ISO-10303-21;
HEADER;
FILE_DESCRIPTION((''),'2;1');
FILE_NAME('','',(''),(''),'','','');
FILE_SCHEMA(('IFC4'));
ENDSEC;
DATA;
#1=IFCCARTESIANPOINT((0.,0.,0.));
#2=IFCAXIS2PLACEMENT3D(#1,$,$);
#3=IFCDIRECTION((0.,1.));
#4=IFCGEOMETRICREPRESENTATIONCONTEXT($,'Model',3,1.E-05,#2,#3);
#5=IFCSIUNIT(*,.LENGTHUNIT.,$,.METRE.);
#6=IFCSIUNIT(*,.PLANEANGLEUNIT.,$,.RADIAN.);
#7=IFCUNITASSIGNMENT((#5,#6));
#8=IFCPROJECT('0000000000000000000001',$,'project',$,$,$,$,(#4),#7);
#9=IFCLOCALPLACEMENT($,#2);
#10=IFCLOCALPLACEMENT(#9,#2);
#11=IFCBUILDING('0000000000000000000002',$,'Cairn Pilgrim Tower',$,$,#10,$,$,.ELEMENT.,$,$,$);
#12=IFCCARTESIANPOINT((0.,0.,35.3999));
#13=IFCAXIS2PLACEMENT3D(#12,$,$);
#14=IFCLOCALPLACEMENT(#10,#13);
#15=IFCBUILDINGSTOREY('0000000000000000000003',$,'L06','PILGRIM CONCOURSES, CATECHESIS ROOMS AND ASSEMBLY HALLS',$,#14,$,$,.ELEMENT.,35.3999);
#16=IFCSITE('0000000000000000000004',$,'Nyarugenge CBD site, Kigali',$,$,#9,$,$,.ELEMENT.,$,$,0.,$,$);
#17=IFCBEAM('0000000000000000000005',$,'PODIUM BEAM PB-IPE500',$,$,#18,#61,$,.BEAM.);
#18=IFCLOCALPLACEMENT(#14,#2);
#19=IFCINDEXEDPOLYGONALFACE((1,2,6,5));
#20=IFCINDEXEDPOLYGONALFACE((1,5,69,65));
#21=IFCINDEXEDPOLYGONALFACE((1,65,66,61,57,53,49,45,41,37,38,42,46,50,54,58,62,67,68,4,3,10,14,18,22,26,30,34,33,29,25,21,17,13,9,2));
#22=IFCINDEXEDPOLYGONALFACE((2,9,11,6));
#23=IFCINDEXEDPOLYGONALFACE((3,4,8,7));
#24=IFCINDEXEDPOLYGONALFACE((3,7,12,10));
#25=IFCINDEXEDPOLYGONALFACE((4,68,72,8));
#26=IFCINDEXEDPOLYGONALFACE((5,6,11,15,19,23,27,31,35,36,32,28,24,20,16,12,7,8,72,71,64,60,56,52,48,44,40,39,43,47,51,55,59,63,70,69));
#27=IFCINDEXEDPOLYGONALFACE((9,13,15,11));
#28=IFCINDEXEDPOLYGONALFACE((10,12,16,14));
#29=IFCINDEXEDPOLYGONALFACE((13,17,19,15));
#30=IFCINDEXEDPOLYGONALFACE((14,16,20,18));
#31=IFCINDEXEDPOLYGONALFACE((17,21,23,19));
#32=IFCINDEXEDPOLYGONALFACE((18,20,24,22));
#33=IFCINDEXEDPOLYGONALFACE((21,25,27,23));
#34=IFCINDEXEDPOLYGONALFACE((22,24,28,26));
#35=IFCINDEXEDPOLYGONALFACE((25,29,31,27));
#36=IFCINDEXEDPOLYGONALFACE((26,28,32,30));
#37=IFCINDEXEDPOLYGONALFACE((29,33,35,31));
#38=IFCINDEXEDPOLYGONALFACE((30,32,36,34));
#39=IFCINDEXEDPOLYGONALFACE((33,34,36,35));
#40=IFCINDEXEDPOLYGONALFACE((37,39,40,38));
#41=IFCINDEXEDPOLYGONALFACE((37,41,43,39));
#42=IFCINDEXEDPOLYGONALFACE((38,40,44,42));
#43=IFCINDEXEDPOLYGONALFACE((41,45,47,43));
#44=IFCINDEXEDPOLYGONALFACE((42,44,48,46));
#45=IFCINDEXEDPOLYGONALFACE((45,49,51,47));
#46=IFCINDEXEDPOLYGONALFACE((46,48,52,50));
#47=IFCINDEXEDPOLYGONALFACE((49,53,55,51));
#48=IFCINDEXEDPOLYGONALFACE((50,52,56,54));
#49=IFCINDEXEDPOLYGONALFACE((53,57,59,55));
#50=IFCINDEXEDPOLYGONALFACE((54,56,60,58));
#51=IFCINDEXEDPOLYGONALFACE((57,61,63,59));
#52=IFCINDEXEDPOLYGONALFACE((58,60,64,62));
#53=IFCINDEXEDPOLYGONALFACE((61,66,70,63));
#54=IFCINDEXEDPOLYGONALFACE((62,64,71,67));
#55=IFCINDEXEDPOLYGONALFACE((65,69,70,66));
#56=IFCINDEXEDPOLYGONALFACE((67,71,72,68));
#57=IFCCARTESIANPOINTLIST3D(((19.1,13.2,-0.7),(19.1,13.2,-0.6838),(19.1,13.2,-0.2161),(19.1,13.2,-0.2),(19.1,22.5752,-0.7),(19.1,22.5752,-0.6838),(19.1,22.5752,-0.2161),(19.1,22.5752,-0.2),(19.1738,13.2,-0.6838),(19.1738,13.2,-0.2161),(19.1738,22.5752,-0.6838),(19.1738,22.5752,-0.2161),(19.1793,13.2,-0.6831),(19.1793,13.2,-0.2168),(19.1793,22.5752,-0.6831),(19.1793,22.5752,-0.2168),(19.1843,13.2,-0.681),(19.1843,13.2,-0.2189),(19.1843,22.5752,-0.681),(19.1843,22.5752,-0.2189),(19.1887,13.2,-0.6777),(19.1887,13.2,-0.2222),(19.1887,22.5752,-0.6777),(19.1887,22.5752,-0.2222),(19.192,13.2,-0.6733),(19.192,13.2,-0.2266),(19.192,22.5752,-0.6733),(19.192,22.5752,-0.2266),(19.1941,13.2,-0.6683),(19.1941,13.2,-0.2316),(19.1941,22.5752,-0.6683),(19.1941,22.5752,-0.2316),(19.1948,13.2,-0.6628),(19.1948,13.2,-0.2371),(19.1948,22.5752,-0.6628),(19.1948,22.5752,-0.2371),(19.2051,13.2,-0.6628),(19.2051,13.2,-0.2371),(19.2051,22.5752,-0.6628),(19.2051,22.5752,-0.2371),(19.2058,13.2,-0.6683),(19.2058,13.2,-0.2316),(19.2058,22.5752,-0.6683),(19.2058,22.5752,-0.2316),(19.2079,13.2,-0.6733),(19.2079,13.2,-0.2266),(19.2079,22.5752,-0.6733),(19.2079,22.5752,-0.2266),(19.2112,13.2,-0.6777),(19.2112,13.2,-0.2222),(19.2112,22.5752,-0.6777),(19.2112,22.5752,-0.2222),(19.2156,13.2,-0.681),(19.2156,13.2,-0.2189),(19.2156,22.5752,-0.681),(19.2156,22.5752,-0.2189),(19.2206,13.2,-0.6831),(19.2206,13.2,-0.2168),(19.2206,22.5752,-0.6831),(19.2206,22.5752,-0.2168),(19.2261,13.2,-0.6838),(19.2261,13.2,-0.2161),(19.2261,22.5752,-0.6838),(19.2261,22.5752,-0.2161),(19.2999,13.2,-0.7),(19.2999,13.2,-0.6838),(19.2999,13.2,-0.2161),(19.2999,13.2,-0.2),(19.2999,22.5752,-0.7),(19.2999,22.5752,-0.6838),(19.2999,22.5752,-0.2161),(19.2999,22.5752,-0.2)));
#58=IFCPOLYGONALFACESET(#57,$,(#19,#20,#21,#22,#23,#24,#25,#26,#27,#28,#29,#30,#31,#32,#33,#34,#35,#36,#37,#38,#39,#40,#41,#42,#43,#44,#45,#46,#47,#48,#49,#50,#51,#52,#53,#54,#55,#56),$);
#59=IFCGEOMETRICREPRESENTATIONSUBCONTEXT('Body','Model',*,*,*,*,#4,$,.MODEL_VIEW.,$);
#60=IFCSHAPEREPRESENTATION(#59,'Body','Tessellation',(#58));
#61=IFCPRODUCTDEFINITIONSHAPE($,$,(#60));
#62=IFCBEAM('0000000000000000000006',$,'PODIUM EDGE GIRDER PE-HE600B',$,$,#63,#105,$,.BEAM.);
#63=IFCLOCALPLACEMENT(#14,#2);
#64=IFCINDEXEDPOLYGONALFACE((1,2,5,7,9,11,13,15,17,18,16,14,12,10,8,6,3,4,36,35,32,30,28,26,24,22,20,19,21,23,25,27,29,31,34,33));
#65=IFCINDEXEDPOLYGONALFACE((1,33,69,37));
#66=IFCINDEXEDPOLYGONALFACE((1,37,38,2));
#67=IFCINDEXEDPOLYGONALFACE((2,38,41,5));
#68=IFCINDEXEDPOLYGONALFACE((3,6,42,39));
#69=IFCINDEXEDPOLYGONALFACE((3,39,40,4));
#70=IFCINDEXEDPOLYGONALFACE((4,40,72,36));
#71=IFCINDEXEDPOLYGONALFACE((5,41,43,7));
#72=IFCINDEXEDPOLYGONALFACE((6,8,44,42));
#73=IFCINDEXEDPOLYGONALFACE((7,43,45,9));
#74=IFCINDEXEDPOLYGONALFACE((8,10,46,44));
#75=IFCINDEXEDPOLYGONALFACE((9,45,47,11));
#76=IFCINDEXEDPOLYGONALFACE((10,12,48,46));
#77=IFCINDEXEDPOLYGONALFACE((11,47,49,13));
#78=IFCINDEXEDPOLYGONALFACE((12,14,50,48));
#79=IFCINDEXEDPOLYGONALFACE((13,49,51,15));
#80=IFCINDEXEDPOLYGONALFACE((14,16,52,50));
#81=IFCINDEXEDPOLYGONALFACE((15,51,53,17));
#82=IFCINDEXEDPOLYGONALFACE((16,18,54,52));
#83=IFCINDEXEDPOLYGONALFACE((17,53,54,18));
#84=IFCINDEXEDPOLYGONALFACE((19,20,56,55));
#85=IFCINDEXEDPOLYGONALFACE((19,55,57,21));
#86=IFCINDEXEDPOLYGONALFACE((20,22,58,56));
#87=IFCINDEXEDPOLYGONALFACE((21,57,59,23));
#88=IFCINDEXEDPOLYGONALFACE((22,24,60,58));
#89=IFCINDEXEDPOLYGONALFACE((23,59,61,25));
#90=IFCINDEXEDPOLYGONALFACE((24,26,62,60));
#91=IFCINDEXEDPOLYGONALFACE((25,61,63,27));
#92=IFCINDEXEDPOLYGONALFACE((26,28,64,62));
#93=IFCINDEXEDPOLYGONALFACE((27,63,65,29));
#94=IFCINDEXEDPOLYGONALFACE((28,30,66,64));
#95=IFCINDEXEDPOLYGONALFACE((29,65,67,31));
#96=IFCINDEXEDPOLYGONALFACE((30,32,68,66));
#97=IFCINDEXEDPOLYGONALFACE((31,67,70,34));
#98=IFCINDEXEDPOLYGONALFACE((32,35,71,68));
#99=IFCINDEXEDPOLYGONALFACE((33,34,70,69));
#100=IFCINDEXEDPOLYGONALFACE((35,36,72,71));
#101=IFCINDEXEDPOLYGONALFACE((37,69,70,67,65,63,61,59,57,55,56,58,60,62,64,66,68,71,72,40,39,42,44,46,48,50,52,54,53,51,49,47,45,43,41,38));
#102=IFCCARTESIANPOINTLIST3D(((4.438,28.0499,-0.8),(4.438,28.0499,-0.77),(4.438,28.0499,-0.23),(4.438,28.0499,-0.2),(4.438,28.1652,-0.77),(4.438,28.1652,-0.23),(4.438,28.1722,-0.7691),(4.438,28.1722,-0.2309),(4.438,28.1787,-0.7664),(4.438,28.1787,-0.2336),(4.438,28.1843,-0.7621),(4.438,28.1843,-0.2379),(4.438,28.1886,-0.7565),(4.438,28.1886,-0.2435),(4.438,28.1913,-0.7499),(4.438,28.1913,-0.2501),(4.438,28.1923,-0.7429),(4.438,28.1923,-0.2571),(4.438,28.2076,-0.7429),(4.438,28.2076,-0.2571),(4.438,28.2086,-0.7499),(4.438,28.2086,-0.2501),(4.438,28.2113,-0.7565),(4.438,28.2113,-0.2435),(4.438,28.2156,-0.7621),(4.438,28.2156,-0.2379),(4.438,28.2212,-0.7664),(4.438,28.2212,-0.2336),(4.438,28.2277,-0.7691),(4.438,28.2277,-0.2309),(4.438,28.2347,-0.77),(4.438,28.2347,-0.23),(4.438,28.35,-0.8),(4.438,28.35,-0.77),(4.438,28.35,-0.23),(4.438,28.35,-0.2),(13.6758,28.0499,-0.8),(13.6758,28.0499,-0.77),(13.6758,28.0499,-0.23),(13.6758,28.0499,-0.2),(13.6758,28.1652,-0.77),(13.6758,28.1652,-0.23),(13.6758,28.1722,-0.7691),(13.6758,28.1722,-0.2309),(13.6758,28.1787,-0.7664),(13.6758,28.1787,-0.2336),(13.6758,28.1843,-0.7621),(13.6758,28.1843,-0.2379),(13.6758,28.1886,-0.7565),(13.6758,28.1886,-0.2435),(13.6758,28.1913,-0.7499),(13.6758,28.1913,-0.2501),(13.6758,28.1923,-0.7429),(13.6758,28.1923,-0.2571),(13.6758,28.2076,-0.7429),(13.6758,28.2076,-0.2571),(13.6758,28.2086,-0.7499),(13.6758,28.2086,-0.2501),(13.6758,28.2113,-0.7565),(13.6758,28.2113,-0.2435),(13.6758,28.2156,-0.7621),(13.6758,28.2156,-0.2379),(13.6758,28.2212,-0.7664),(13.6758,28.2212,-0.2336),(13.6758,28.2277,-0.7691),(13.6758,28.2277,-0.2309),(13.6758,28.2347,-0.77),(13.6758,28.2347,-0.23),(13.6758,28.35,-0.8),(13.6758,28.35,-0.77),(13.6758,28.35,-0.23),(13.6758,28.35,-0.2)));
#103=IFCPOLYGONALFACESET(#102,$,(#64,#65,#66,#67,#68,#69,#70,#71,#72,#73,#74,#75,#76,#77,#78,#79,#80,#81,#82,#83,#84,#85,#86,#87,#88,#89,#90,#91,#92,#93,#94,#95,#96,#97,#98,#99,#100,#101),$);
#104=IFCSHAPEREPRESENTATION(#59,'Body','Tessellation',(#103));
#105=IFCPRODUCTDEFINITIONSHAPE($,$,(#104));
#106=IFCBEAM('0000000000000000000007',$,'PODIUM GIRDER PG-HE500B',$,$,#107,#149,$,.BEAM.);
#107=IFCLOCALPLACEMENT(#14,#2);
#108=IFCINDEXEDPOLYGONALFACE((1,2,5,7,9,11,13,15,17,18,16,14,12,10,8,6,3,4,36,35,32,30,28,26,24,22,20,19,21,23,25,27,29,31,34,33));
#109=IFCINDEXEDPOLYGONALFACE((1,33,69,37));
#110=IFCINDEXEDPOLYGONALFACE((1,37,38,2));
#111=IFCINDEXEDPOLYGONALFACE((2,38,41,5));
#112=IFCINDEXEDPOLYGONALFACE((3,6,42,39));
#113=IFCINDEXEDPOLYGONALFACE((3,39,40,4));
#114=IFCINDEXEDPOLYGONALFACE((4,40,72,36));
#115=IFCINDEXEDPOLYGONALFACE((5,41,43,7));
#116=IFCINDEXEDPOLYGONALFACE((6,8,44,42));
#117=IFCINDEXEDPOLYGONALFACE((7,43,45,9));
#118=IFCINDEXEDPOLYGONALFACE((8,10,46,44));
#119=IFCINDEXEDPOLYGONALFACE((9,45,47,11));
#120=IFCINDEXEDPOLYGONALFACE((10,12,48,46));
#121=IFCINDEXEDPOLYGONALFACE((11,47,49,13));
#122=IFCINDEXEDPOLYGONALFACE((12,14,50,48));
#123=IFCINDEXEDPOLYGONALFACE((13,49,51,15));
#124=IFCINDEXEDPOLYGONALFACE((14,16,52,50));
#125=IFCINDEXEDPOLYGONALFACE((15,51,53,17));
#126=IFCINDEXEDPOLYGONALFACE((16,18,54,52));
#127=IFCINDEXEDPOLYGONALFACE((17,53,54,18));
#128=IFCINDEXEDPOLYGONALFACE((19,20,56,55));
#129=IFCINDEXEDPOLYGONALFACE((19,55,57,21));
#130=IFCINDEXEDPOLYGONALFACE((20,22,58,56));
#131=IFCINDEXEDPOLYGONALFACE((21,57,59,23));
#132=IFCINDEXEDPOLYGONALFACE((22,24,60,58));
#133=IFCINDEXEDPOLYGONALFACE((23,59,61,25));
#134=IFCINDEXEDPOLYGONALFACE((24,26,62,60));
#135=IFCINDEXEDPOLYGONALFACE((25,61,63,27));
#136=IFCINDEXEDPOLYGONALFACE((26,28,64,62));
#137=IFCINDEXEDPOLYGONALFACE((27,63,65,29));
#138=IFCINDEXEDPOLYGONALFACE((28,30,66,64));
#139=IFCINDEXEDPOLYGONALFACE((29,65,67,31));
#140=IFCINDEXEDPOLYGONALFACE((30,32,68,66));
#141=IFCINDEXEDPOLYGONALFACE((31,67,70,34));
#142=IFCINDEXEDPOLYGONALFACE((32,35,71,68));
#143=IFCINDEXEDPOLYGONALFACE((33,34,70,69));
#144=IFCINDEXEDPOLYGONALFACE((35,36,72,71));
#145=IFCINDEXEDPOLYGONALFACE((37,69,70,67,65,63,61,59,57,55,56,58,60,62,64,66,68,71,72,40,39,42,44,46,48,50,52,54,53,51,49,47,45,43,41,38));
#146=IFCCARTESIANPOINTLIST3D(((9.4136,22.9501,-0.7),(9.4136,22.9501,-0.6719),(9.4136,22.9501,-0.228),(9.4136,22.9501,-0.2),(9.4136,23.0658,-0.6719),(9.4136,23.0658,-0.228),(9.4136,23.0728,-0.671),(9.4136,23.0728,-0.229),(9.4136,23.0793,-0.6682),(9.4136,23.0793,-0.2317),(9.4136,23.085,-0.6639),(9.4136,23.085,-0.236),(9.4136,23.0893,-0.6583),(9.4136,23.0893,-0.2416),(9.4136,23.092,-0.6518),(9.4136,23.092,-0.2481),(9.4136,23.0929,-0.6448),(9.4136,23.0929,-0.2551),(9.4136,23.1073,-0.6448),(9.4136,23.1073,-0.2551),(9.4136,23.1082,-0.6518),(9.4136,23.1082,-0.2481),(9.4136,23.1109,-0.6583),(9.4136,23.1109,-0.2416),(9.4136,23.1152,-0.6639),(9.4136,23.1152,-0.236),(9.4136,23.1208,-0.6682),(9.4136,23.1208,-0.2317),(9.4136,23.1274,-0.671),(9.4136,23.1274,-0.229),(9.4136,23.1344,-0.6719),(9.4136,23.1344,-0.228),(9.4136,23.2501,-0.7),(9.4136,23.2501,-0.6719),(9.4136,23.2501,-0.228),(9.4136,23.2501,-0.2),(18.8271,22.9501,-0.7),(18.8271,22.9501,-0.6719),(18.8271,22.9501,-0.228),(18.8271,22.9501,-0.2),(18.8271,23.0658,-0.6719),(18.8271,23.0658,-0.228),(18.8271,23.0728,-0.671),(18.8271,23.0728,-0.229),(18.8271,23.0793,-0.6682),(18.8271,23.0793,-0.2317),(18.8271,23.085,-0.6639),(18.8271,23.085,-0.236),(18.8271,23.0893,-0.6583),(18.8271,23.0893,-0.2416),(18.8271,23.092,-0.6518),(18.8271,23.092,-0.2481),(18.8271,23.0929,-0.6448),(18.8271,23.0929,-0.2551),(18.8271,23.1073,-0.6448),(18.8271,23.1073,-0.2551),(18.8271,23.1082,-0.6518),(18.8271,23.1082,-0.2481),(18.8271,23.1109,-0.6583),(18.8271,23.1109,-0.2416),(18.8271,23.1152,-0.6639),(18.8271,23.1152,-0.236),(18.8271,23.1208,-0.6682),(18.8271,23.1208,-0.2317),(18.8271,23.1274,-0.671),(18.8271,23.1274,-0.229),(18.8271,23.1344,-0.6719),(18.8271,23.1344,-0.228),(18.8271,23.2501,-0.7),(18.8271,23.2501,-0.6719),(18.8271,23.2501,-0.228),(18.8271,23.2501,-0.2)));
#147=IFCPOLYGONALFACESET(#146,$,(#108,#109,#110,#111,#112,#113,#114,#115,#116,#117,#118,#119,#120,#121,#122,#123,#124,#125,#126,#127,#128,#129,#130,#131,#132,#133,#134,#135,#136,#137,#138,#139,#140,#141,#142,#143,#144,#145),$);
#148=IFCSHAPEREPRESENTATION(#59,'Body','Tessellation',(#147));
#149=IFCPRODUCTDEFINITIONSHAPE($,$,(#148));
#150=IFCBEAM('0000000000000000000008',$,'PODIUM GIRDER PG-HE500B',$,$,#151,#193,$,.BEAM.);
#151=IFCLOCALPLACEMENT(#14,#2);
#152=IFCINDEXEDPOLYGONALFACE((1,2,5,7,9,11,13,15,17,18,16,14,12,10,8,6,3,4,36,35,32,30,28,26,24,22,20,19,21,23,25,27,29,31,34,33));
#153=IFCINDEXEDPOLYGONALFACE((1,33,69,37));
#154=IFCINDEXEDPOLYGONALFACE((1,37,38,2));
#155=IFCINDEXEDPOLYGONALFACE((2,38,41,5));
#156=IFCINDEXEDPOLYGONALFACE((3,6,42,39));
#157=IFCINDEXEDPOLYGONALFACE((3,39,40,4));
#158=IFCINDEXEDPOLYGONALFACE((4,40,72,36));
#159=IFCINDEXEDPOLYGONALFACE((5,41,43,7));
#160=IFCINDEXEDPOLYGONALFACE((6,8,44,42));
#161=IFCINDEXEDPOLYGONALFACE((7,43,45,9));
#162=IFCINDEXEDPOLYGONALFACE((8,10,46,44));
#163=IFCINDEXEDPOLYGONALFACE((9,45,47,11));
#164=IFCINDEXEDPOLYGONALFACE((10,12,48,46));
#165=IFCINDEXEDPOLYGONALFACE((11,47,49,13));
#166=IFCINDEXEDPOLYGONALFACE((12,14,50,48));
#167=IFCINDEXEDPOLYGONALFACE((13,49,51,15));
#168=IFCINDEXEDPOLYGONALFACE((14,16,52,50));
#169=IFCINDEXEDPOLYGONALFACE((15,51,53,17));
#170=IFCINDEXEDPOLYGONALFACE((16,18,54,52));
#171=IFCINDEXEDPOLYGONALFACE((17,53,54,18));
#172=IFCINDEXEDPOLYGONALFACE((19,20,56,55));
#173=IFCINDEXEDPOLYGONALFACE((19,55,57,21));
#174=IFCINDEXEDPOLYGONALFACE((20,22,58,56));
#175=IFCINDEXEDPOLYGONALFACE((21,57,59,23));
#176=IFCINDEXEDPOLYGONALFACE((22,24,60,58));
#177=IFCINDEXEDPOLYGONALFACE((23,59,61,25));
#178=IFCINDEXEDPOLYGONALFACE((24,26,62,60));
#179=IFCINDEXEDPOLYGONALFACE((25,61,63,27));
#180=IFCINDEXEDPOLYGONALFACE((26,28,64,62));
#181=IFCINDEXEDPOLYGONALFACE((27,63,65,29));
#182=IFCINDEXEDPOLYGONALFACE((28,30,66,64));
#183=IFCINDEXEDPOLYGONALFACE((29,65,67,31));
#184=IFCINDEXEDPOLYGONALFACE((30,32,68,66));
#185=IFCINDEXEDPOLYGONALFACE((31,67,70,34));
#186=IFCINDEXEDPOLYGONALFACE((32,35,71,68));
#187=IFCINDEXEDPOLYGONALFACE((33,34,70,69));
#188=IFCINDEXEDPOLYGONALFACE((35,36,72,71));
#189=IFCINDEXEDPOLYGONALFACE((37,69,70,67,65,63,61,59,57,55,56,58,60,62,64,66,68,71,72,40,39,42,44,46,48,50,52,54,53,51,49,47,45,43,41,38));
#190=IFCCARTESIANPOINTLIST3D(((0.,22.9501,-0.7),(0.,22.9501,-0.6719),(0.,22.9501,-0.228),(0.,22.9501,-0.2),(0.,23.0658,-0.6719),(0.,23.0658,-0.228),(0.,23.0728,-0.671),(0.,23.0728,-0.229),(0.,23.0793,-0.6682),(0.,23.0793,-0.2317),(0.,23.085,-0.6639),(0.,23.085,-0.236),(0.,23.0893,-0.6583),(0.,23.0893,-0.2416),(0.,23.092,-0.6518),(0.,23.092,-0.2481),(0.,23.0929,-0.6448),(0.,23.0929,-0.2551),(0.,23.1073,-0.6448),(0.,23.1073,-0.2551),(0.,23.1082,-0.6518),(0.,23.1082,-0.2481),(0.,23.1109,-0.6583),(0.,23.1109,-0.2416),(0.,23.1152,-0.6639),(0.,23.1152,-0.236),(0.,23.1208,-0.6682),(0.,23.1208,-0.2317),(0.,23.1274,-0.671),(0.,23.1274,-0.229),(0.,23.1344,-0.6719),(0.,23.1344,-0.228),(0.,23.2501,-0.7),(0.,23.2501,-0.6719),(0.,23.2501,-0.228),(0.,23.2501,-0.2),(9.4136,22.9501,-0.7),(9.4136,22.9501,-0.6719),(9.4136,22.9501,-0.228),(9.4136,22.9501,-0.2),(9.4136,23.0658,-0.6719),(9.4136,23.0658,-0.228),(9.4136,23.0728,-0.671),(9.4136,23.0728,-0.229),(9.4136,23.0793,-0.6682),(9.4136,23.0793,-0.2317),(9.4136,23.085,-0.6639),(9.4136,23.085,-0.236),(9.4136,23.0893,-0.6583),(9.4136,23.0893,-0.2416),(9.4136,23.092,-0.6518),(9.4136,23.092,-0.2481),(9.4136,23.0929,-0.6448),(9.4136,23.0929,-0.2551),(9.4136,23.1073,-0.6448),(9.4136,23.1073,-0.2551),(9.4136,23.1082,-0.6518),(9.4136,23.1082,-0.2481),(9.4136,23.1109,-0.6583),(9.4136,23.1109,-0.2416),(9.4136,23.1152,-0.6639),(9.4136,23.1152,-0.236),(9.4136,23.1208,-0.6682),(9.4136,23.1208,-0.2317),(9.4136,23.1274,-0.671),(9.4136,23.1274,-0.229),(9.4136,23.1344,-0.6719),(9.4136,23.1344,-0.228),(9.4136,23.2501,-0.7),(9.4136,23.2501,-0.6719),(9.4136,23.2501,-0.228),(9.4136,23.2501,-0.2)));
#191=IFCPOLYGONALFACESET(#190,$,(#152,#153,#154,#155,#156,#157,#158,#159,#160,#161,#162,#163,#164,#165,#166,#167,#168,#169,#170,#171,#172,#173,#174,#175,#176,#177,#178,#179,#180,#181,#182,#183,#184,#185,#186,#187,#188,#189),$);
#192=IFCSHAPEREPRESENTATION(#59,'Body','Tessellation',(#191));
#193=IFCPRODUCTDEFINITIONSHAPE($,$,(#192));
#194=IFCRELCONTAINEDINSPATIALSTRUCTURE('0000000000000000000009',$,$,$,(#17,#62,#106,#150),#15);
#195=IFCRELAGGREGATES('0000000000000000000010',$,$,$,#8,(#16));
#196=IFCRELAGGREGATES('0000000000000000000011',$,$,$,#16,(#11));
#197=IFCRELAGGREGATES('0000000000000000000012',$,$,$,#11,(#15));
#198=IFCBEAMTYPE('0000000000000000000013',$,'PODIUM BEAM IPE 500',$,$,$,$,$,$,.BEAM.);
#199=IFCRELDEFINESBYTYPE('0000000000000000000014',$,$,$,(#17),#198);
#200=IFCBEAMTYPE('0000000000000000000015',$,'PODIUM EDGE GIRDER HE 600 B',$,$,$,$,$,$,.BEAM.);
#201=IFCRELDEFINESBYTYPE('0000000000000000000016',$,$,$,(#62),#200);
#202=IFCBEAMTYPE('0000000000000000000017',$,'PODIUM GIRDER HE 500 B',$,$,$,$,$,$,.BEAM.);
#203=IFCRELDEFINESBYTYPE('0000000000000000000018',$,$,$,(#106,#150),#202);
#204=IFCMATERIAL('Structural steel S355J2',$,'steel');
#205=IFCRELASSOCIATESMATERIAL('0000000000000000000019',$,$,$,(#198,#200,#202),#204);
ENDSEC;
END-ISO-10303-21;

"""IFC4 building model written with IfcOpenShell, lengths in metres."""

from ifc_helpers import new_model, si_unit, direction, frame, origin, origin_2d, place, context, subcontext, project, spatial, i_section, extrude, material, material_profile, profile_set, type_object, element, save


model = new_model("IFC4")

# Units and contexts
model_context = context("Model", 3, precision=1e-05, world=origin(), true_north=direction((0.0, 1.0)))
body_context = subcontext(model_context, "Body", "Model", "MODEL_VIEW")
ifc_project = project(units=[si_unit("LENGTHUNIT", "METRE"), si_unit("PLANEANGLEUNIT", "RADIAN")], contexts=[model_context])

# Site, building, storey
site_placement = place(None, origin())
site = spatial("IfcSite", under=ifc_project, at=site_placement, Name="Nyarugenge CBD site, Kigali", CompositionType="ELEMENT", RefElevation=0.0)
building_placement = place(site_placement, origin())
building = spatial("IfcBuilding", under=site, at=building_placement, Name="Cairn Pilgrim Tower", CompositionType="ELEMENT")
storey_placement = place(building_placement, frame((0.0, 0.0, 35.3999)))
storey = spatial("IfcBuildingStorey", under=building, at=storey_placement, Name="L06", Description="PILGRIM CONCOURSES, CATECHESIS ROOMS AND ASSEMBLY HALLS", CompositionType="ELEMENT", Elevation=35.3999)

# Beams
ifc_material_1 = material(Name="Structural steel S355J2", Category="steel")
ifc_material_profile_1 = material_profile(ifc_material_1, i_section(OverallWidth=0.2, OverallDepth=0.5, WebThickness=0.0103, FlangeThickness=0.0161, FilletRadius=0.021, at=origin_2d()), Name="IPE 500")
ifc_profile_set_1 = profile_set([ifc_material_profile_1], Name="Structural steel S355J2")
beam_type_1 = type_object("IfcBeamType", Name="PODIUM BEAM IPE 500", PredefinedType="BEAM", material=ifc_profile_set_1)
beam_1_placement = place(storey_placement, frame((19.2, 13.2, -0.45), z_axis=(0.0, 1.0, 0.0), x_axis=(-1.0, 0.0, 0.0)))
element("IfcBeam", 1, at=beam_1_placement, inside=storey, type_object=beam_type_1, Name="PODIUM BEAM PB-IPE500", PredefinedType="BEAM", context=body_context, shape_type="SweptSolid", body=[
    extrude(i_section(OverallWidth=0.2, OverallDepth=0.5, WebThickness=0.0103, FlangeThickness=0.0161, FilletRadius=0.021, at=origin_2d()), origin(), (0.0, 0.0, 1.0), 9.3752),
])
ifc_material_profile_2 = material_profile(ifc_material_1, i_section(OverallWidth=0.3, OverallDepth=0.6001, WebThickness=0.0154, FlangeThickness=0.03, FilletRadius=0.0271, at=origin_2d()), Name="HEB 600")
ifc_profile_set_2 = profile_set([ifc_material_profile_2], Name="Structural steel S355J2")
beam_type_2 = type_object("IfcBeamType", Name="PODIUM EDGE GIRDER HE 600 B", PredefinedType="BEAM", material=ifc_profile_set_2)
beam_2_placement = place(storey_placement, frame((13.6758, 28.2, -0.5), z_axis=(-1.0, 0.0, 0.0), x_axis=(0.0, -1.0, 0.0)))
element("IfcBeam", 2, at=beam_2_placement, inside=storey, type_object=beam_type_2, Name="PODIUM EDGE GIRDER PE-HE600B", PredefinedType="BEAM", context=body_context, shape_type="SweptSolid", body=[
    extrude(i_section(OverallWidth=0.3, OverallDepth=0.6001, WebThickness=0.0154, FlangeThickness=0.03, FilletRadius=0.0271, at=origin_2d()), origin(), (0.0, 0.0, 1.0), 9.2378),
])
ifc_material_profile_3 = material_profile(ifc_material_1, i_section(OverallWidth=0.3, OverallDepth=0.5, WebThickness=0.0144, FlangeThickness=0.0281, FilletRadius=0.0271, at=origin_2d()), Name="HEB 500")
ifc_profile_set_3 = profile_set([ifc_material_profile_3], Name="Structural steel S355J2")
beam_type_3 = type_object("IfcBeamType", Name="PODIUM GIRDER HE 500 B", PredefinedType="BEAM", material=ifc_profile_set_3)
for number, where, z_axis, x_axis, name in (
    (3, (18.8271, 23.1001, -0.45), (-1.0, 0.0, 0.0), (0.0, -1.0, 0.0), "PODIUM GIRDER PG-HE500B"),
    (4, (9.4136, 23.1001, -0.45), (-1.0, 0.0, 0.0), (0.0, -1.0, 0.0), "PODIUM GIRDER PG-HE500B"),
):
    element("IfcBeam", number, at=place(storey_placement, frame(where, z_axis=z_axis, x_axis=x_axis)), inside=storey, type_object=beam_type_3, Name=name, PredefinedType="BEAM", context=body_context, shape_type="SweptSolid", body=[
        extrude(i_section(OverallWidth=0.3, OverallDepth=0.5, WebThickness=0.0144, FlangeThickness=0.0281, FilletRadius=0.0271, at=origin_2d()), origin(), (0.0, 0.0, 1.0), 9.4136),
    ])

save(model, "model.ifc")
